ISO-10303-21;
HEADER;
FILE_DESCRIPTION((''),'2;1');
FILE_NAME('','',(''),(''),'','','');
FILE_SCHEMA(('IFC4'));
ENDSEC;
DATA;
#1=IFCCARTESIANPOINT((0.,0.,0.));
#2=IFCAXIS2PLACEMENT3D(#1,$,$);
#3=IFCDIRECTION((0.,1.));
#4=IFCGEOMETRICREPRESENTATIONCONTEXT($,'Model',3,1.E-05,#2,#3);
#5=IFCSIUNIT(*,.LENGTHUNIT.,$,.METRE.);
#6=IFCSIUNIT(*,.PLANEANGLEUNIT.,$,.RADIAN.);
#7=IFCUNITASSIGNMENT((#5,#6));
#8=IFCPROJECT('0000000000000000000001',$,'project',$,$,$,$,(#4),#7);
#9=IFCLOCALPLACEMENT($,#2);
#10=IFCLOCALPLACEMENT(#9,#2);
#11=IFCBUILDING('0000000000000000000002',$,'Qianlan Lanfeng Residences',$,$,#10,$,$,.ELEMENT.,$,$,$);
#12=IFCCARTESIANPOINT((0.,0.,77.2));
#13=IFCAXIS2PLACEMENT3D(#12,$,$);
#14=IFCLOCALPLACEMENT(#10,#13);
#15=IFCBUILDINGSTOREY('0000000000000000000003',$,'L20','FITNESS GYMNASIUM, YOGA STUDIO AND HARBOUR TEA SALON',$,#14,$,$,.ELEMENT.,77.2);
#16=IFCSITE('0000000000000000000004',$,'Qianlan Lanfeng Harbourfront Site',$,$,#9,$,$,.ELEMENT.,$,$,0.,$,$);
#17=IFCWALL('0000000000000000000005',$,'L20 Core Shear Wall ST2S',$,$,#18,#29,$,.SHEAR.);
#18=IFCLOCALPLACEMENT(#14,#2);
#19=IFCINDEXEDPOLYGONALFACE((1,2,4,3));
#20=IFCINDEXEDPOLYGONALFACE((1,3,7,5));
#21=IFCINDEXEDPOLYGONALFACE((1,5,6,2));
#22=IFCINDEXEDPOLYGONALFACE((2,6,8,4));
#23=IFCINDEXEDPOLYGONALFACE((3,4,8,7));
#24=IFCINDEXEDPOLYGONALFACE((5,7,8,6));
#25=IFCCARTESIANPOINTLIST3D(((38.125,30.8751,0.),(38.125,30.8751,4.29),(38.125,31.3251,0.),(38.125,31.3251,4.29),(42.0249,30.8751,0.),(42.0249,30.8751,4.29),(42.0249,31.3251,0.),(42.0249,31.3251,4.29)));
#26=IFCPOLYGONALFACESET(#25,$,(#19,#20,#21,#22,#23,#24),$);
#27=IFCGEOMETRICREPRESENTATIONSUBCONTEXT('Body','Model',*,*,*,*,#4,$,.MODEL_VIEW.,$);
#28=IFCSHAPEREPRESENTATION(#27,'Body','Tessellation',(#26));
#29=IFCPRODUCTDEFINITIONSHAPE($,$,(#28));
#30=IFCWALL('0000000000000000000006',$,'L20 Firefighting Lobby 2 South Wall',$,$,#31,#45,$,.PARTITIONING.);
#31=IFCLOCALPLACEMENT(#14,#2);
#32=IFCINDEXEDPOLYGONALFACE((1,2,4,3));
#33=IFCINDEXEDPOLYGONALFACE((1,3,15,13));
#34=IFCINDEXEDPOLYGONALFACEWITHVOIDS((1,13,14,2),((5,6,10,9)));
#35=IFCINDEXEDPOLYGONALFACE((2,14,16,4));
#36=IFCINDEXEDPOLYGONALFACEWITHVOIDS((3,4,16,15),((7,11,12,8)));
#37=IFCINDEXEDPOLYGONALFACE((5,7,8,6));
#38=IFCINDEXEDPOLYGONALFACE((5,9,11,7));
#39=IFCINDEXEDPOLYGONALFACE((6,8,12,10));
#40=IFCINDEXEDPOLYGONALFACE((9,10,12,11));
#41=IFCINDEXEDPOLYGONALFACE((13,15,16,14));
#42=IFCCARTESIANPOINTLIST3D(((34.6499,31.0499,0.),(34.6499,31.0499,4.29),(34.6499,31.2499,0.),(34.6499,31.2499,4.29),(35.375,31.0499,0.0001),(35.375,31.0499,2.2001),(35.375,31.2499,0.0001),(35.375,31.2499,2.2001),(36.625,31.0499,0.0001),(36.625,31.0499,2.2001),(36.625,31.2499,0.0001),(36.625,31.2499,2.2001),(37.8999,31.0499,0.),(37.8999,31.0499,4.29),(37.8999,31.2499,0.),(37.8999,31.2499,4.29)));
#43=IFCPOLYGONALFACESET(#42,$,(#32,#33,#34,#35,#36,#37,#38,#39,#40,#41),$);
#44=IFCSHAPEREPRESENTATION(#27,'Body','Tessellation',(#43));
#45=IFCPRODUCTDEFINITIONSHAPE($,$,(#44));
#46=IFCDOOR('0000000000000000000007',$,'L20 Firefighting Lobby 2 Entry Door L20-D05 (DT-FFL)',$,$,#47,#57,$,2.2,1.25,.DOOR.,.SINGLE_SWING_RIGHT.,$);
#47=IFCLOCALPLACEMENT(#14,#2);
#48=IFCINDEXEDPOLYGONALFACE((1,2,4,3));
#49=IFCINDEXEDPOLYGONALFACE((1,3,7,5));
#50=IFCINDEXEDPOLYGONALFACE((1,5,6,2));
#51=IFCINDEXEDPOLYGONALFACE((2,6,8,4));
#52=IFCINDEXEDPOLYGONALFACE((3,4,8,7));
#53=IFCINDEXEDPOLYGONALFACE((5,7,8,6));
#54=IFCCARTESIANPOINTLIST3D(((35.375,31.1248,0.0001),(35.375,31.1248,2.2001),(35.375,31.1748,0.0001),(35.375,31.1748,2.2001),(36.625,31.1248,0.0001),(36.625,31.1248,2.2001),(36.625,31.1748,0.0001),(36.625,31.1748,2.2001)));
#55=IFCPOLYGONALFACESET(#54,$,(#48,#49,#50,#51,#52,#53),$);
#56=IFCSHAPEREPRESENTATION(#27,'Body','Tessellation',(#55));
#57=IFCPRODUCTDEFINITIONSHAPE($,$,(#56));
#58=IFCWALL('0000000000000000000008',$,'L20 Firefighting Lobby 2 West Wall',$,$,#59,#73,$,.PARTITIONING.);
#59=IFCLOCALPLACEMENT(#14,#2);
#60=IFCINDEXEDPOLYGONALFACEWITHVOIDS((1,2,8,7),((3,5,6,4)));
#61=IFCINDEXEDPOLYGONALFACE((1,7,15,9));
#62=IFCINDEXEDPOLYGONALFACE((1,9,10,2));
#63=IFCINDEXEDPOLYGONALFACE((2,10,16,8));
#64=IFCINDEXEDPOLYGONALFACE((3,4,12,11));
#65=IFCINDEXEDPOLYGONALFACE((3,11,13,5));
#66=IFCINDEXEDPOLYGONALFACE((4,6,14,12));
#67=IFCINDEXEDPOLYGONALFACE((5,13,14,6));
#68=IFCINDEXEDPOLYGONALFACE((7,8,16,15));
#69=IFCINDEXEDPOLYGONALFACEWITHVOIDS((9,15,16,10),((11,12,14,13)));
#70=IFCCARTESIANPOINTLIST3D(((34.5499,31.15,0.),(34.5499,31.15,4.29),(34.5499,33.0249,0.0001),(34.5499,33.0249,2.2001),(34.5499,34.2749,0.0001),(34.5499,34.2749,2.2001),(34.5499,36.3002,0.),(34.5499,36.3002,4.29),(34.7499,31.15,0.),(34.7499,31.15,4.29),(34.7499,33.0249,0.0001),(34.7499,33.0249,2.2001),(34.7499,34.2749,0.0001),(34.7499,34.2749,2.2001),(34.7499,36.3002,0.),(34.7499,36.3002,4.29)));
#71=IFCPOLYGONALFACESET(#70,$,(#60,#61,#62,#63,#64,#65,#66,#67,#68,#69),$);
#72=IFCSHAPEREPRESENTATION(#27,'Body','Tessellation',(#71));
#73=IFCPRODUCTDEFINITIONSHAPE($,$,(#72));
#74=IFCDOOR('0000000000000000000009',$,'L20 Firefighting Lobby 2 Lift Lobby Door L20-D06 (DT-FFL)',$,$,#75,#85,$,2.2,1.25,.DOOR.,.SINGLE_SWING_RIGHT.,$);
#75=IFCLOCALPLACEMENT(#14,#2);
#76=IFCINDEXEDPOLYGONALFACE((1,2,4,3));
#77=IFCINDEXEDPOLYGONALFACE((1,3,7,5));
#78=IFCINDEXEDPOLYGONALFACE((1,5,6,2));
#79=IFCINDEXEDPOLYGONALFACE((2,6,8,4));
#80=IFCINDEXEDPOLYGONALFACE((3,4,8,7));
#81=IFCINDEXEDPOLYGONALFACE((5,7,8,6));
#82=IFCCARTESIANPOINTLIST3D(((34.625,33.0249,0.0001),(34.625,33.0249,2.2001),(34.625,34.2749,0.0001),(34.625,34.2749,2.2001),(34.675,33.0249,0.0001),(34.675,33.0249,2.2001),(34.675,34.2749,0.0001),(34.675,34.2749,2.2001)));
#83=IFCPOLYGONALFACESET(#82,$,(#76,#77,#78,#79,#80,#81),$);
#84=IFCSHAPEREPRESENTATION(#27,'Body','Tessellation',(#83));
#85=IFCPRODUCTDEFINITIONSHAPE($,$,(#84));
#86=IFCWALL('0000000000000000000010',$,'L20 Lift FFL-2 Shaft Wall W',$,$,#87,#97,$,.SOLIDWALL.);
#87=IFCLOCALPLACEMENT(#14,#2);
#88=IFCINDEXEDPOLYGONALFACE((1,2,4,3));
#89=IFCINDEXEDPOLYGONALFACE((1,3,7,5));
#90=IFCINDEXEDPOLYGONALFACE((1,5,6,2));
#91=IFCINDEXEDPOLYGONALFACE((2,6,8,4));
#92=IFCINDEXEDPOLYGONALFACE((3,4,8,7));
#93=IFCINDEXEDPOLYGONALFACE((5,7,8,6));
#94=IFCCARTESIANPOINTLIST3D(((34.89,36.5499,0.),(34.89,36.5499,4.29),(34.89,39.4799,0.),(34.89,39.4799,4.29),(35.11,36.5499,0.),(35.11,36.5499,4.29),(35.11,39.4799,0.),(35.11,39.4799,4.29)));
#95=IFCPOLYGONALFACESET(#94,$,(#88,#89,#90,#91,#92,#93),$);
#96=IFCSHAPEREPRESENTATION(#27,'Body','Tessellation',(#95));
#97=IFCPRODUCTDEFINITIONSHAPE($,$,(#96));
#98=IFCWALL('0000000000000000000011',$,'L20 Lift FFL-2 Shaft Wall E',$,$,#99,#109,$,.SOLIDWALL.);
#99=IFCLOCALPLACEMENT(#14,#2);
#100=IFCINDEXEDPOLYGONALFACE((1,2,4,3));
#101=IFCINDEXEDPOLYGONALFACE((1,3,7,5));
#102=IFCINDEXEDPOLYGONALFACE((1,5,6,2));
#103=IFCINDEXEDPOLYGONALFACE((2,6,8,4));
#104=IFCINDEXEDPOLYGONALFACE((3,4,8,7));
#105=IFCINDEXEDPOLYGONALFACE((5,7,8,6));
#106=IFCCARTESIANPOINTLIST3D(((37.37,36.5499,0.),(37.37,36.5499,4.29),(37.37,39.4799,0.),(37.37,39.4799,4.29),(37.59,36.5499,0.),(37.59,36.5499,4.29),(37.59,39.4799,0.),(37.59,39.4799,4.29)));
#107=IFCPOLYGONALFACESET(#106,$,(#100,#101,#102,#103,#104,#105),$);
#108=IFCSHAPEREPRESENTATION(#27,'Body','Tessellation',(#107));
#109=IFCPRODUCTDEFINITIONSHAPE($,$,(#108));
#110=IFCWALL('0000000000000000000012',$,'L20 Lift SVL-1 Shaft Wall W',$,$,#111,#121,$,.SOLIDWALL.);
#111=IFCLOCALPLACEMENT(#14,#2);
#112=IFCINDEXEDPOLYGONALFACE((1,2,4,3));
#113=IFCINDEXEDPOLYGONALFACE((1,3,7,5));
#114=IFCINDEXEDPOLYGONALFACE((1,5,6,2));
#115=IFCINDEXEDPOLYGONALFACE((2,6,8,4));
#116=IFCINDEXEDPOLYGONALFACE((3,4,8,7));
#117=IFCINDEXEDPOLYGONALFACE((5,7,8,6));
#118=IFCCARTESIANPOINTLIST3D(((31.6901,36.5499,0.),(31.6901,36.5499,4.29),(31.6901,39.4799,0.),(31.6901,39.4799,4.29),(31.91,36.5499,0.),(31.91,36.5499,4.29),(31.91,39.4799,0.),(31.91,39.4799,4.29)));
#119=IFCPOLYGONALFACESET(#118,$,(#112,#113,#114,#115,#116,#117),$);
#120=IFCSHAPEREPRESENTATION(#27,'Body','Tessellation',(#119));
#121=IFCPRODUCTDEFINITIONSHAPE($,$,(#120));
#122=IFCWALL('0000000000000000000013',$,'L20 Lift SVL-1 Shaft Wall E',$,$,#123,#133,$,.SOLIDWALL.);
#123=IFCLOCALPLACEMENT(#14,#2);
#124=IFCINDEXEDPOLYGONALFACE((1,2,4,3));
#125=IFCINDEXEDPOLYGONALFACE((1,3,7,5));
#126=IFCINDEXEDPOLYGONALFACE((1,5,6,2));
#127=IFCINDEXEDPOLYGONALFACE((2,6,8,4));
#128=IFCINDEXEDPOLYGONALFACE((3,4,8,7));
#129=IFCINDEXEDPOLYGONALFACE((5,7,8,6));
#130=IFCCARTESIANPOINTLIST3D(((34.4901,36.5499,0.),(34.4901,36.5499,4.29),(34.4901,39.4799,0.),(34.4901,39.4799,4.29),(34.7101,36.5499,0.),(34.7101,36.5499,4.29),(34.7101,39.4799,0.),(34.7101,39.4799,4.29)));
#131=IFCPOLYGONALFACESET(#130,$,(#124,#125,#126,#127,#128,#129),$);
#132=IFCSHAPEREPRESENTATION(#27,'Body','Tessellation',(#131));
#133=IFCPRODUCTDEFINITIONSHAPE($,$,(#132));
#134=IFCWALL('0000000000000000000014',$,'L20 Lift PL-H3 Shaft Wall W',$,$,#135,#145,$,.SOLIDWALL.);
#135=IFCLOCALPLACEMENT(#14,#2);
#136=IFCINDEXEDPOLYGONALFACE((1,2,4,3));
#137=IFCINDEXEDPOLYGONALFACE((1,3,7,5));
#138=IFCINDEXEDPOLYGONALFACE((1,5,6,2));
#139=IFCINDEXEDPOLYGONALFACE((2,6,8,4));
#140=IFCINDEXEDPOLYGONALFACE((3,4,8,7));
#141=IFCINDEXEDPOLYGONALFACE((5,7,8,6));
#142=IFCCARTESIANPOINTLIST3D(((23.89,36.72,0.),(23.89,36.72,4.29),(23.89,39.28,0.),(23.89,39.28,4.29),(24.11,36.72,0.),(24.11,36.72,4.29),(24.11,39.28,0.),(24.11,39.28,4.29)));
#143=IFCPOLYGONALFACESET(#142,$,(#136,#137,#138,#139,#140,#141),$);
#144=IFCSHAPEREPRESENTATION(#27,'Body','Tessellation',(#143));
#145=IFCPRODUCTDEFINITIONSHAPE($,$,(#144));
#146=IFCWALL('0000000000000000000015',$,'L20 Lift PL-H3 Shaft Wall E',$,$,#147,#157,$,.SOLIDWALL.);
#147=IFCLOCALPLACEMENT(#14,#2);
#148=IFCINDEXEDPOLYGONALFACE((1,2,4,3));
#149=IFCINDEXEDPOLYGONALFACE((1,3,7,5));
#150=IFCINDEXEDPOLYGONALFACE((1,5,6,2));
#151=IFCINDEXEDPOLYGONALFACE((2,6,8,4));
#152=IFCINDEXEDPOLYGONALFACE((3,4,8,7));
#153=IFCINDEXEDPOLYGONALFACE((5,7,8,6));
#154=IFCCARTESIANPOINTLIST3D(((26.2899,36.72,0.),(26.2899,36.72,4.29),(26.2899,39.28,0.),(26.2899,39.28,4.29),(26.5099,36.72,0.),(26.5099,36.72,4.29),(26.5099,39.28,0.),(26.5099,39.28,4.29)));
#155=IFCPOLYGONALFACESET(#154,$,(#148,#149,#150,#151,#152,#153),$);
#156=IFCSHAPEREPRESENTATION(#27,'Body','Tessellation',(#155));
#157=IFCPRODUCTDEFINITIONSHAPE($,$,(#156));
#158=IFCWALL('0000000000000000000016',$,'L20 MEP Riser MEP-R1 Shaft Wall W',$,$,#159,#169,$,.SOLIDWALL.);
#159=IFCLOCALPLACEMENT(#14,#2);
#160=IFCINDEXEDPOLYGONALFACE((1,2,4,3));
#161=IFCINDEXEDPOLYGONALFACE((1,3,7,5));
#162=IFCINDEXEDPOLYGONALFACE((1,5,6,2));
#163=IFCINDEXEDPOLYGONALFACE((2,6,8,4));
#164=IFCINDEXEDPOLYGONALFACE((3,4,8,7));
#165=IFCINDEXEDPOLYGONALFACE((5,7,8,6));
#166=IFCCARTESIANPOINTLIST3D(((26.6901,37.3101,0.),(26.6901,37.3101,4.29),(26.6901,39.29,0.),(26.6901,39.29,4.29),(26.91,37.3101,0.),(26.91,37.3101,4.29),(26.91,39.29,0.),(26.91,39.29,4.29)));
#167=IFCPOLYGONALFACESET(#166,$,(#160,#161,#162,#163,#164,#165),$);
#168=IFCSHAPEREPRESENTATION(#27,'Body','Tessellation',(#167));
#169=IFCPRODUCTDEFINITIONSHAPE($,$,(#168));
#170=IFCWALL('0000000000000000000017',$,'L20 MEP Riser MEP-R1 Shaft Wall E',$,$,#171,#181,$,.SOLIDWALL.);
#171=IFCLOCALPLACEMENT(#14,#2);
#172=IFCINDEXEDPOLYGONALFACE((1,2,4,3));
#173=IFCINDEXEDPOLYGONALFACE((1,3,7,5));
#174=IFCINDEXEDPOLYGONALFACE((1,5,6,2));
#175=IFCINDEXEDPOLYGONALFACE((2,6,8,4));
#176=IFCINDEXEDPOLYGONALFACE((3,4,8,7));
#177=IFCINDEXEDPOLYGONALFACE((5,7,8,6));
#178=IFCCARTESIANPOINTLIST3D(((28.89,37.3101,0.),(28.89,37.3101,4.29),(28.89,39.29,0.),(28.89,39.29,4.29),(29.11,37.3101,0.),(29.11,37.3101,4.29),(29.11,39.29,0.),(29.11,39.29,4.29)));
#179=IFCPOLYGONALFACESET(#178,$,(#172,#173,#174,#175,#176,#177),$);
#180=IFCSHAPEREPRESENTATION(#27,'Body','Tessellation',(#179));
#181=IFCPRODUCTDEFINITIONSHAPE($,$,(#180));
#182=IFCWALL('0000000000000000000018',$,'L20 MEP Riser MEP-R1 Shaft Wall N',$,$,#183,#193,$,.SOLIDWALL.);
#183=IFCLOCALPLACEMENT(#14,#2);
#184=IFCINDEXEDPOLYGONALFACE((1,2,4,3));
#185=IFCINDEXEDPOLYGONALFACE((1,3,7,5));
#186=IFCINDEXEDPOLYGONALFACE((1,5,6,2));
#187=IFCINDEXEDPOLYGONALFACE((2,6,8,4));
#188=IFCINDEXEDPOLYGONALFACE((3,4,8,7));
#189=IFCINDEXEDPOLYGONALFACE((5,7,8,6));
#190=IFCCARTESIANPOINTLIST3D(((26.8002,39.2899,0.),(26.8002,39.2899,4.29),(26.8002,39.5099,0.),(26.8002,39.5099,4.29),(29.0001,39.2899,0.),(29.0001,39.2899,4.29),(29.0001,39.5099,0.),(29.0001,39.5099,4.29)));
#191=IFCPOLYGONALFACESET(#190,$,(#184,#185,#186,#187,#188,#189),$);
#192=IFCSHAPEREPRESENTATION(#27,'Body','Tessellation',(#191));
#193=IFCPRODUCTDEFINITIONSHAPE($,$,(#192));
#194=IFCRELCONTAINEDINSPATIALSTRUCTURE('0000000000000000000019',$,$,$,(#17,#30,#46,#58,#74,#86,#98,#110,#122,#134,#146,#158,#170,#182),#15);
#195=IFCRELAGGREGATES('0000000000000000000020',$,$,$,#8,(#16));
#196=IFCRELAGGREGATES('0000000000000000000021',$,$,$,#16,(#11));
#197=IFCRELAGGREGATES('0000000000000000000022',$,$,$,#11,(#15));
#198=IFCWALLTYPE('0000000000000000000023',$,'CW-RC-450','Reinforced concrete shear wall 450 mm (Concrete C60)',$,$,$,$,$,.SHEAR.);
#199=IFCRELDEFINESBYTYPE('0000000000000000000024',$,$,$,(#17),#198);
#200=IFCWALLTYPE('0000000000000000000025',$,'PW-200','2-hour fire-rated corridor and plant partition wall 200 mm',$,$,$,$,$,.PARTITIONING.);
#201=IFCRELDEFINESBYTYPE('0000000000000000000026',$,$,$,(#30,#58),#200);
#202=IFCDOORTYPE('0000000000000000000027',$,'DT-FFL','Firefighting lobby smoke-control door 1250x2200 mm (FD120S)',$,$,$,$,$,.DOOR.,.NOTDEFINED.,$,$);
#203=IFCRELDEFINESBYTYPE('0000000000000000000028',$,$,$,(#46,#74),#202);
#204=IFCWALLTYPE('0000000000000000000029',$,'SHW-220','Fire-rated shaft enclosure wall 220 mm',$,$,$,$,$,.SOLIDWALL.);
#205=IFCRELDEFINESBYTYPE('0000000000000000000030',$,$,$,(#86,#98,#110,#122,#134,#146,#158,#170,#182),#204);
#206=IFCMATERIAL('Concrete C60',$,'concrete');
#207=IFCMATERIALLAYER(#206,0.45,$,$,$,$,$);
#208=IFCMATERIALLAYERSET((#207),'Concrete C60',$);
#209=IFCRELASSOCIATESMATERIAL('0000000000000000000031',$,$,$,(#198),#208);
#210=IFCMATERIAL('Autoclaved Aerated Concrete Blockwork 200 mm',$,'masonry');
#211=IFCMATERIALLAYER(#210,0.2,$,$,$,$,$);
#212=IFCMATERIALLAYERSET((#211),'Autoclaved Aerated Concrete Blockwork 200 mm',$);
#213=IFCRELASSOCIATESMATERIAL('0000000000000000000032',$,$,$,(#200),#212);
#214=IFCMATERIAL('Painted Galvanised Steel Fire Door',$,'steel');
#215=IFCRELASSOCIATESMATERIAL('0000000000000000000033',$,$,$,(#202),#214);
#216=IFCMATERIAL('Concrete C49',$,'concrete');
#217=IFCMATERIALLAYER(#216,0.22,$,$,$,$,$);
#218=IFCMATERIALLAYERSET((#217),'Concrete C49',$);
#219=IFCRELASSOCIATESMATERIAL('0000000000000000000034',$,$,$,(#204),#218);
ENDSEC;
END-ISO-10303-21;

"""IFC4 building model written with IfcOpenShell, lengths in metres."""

from ifc_helpers import new_model, si_unit, direction, frame, frame_2d, origin, place, context, subcontext, project, spatial, rectangle, extrude, material, layer, layer_set, type_object, element, fill, save


model = new_model("IFC4")

# Units and contexts
model_context = context("Model", 3, precision=1e-05, world=origin(), true_north=direction((0.0, 1.0)))
body_context = subcontext(model_context, "Body", "Model", "MODEL_VIEW")
ifc_project = project(units=[si_unit("LENGTHUNIT", "METRE"), si_unit("PLANEANGLEUNIT", "RADIAN")], contexts=[model_context])

# Site, building, storey
site_placement = place(None, origin())
site = spatial("IfcSite", under=ifc_project, at=site_placement, Name="Qianlan Lanfeng Harbourfront Site", CompositionType="ELEMENT", RefElevation=0.0)
building_placement = place(site_placement, origin())
building = spatial("IfcBuilding", under=site, at=building_placement, Name="Qianlan Lanfeng Residences", CompositionType="ELEMENT")
storey_placement = place(building_placement, frame((0.0, 0.0, 77.2)))
storey = spatial("IfcBuildingStorey", under=building, at=storey_placement, Name="L20", Description="FITNESS GYMNASIUM, YOGA STUDIO AND HARBOUR TEA SALON", CompositionType="ELEMENT", Elevation=77.2)

# Wall
ifc_material_1 = material(Name="Concrete C60", Category="concrete")
ifc_layer_1 = layer(ifc_material_1, 0.45)
ifc_layer_set_1 = layer_set([ifc_layer_1], Name="Concrete C60")
wall_type_1 = type_object("IfcWallType", Name="CW-RC-450", Description="Reinforced concrete shear wall 450 mm (Concrete C60)", PredefinedType="SHEAR", material=ifc_layer_set_1)
wall_1_placement = place(storey_placement, frame((38.125, 31.1001, 0.0), z_axis=(0.0, 0.0, 1.0), x_axis=(1.0, 0.0, 0.0)))
element("IfcWall", 1, at=wall_1_placement, inside=storey, type_object=wall_type_1, Name="L20 Core Shear Wall ST2S", PredefinedType="SHEAR", context=body_context, shape_type="SweptSolid", body=[
    extrude(rectangle(XDim=3.8999, YDim=0.45, at=frame_2d((1.95, 0.0))), origin(), (0.0, 0.0, 1.0), 4.29),
])

# Walls, openings, doors
ifc_material_2 = material(Name="Autoclaved Aerated Concrete Blockwork 200 mm", Category="masonry")
ifc_layer_2 = layer(ifc_material_2, 0.2)
ifc_layer_set_2 = layer_set([ifc_layer_2], Name="Autoclaved Aerated Concrete Blockwork 200 mm")
wall_type_2 = type_object("IfcWallType", Name="PW-200", Description="2-hour fire-rated corridor and plant partition wall 200 mm", PredefinedType="PARTITIONING", material=ifc_layer_set_2)
wall_2_placement = place(storey_placement, frame((34.6499, 31.1499, 0.0), z_axis=(0.0, 0.0, 1.0), x_axis=(1.0, 0.0, 0.0)))
wall_2 = element("IfcWall", 2, at=wall_2_placement, inside=storey, type_object=wall_type_2, Name="L20 Firefighting Lobby 2 South Wall", PredefinedType="PARTITIONING", context=body_context, shape_type="SweptSolid", body=[
    extrude(rectangle(XDim=3.25, YDim=0.2, at=frame_2d((1.625, 0.0))), origin(), (0.0, 0.0, 1.0), 4.29),
])
opening_1_placement = place(wall_2_placement, frame((0.7251, 0.0, 0.0)))
opening_1 = element("IfcOpeningElement", 3, at=opening_1_placement, cuts=wall_2, PredefinedType="OPENING", context=body_context, shape_type="SweptSolid", body=[
    extrude(rectangle(XDim=1.25, YDim=2.2, at=frame_2d((0.625, 1.1001))), frame((0.0, 0.1099, 0.0), z_axis=(0.0, -1.0, 0.0), x_axis=(1.0, 0.0, 0.0)), (0.0, 0.0, 1.0), 0.22),
])
ifc_material_3 = material(Name="Painted Galvanised Steel Fire Door", Category="steel")
door_type = type_object("IfcDoorType", Name="DT-FFL", Description="Firefighting lobby smoke-control door 1250x2200 mm (FD120S)", OperationType="NOTDEFINED", PredefinedType="DOOR", material=ifc_material_3)
door_1_placement = place(opening_1_placement, origin())
door_1 = element("IfcDoor", 4, at=door_1_placement, inside=storey, type_object=door_type, Name="L20 Firefighting Lobby 2 Entry Door L20-D05 (DT-FFL)", OperationType="SINGLE_SWING_RIGHT", OverallHeight=2.2, OverallWidth=1.25, PredefinedType="DOOR", context=body_context, shape_type="SweptSolid", body=[
    extrude(rectangle(XDim=1.25, YDim=2.2, at=frame_2d((0.625, 1.1001))), frame((0.0, 0.0249, 0.0), z_axis=(0.0, -1.0, 0.0), x_axis=(1.0, 0.0, 0.0)), (0.0, 0.0, 1.0), 0.05),
])
fill(opening_1, door_1)
wall_3_placement = place(storey_placement, frame((34.6499, 31.1499, 0.0), z_axis=(0.0, 0.0, 1.0), x_axis=(0.0, 1.0, 0.0)))
wall_3 = element("IfcWall", 5, at=wall_3_placement, inside=storey, type_object=wall_type_2, Name="L20 Firefighting Lobby 2 West Wall", PredefinedType="PARTITIONING", context=body_context, shape_type="SweptSolid", body=[
    extrude(rectangle(XDim=5.1501, YDim=0.2, at=frame_2d((2.5752, 0.0))), origin(), (0.0, 0.0, 1.0), 4.29),
])
opening_2_placement = place(wall_3_placement, frame((1.875, 0.0, 0.0)))
opening_2 = element("IfcOpeningElement", 6, at=opening_2_placement, cuts=wall_3, PredefinedType="OPENING", context=body_context, shape_type="SweptSolid", body=[
    extrude(rectangle(XDim=1.25, YDim=2.2, at=frame_2d((0.625, 1.1001))), frame((0.0, 0.1099, 0.0), z_axis=(0.0, -1.0, 0.0), x_axis=(1.0, 0.0, 0.0)), (0.0, 0.0, 1.0), 0.22),
])
door_2_placement = place(opening_2_placement, origin())
door_2 = element("IfcDoor", 7, at=door_2_placement, inside=storey, type_object=door_type, Name="L20 Firefighting Lobby 2 Lift Lobby Door L20-D06 (DT-FFL)", OperationType="SINGLE_SWING_RIGHT", OverallHeight=2.2, OverallWidth=1.25, PredefinedType="DOOR", context=body_context, shape_type="SweptSolid", body=[
    extrude(rectangle(XDim=1.25, YDim=2.2, at=frame_2d((0.625, 1.1001))), frame((0.0, 0.0249, 0.0), z_axis=(0.0, -1.0, 0.0), x_axis=(1.0, 0.0, 0.0)), (0.0, 0.0, 1.0), 0.05),
])
fill(opening_2, door_2)

# Walls
ifc_material_4 = material(Name="Concrete C49", Category="concrete")
ifc_layer_3 = layer(ifc_material_4, 0.22)
ifc_layer_set_3 = layer_set([ifc_layer_3], Name="Concrete C49")
wall_type_3 = type_object("IfcWallType", Name="SHW-220", Description="Fire-rated shaft enclosure wall 220 mm", PredefinedType="SOLIDWALL", material=ifc_layer_set_3)
for number, where, z_axis, x_axis, name in (
    (8, (35.0, 36.55, 0.0), (0.0, 0.0, 1.0), (0.0, 1.0, 0.0), "L20 Lift FFL-2 Shaft Wall W"),
    (9, (37.48, 36.55, 0.0), (0.0, 0.0, 1.0), (0.0, 1.0, 0.0), "L20 Lift FFL-2 Shaft Wall E"),
    (10, (31.8, 36.55, 0.0), (0.0, 0.0, 1.0), (0.0, 1.0, 0.0), "L20 Lift SVL-1 Shaft Wall W"),
    (11, (34.6001, 36.55, 0.0), (0.0, 0.0, 1.0), (0.0, 1.0, 0.0), "L20 Lift SVL-1 Shaft Wall E"),
):
    element("IfcWall", number, at=place(storey_placement, frame(where, z_axis=z_axis, x_axis=x_axis)), inside=storey, type_object=wall_type_3, Name=name, PredefinedType="SOLIDWALL", context=body_context, shape_type="SweptSolid", body=[
        extrude(rectangle(XDim=2.9299, YDim=0.22, at=frame_2d((1.4648, 0.0))), origin(), (0.0, 0.0, 1.0), 4.29),
    ])
for number, where, z_axis, x_axis, name in (
    (12, (24.0, 36.72, 0.0), (0.0, 0.0, 1.0), (0.0, 1.0, 0.0), "L20 Lift PL-H3 Shaft Wall W"),
    (13, (26.3999, 36.72, 0.0), (0.0, 0.0, 1.0), (0.0, 1.0, 0.0), "L20 Lift PL-H3 Shaft Wall E"),
):
    element("IfcWall", number, at=place(storey_placement, frame(where, z_axis=z_axis, x_axis=x_axis)), inside=storey, type_object=wall_type_3, Name=name, PredefinedType="SOLIDWALL", context=body_context, shape_type="SweptSolid", body=[
        extrude(rectangle(XDim=2.5601, YDim=0.22, at=frame_2d((1.28, 0.0))), origin(), (0.0, 0.0, 1.0), 4.29),
    ])
for number, where, z_axis, x_axis, name in (
    (14, (26.8, 37.3101, 0.0), (0.0, 0.0, 1.0), (0.0, 1.0, 0.0), "L20 MEP Riser MEP-R1 Shaft Wall W"),
    (15, (29.0, 37.3101, 0.0), (0.0, 0.0, 1.0), (0.0, 1.0, 0.0), "L20 MEP Riser MEP-R1 Shaft Wall E"),
):
    element("IfcWall", number, at=place(storey_placement, frame(where, z_axis=z_axis, x_axis=x_axis)), inside=storey, type_object=wall_type_3, Name=name, PredefinedType="SOLIDWALL", context=body_context, shape_type="SweptSolid", body=[
        extrude(rectangle(XDim=1.98, YDim=0.22, at=frame_2d((0.99, 0.0))), origin(), (0.0, 0.0, 1.0), 4.29),
    ])
for number, where, z_axis, x_axis, name in (
    (16, (26.8, 39.3999, 0.0), (0.0, 0.0, 1.0), (1.0, 0.0, 0.0), "L20 MEP Riser MEP-R1 Shaft Wall N"),
):
    element("IfcWall", number, at=place(storey_placement, frame(where, z_axis=z_axis, x_axis=x_axis)), inside=storey, type_object=wall_type_3, Name=name, PredefinedType="SOLIDWALL", context=body_context, shape_type="SweptSolid", body=[
        extrude(rectangle(XDim=2.2, YDim=0.22, at=frame_2d((1.1001, 0.0))), origin(), (0.0, 0.0, 1.0), 4.29),
    ])

save(model, "model.ifc")
